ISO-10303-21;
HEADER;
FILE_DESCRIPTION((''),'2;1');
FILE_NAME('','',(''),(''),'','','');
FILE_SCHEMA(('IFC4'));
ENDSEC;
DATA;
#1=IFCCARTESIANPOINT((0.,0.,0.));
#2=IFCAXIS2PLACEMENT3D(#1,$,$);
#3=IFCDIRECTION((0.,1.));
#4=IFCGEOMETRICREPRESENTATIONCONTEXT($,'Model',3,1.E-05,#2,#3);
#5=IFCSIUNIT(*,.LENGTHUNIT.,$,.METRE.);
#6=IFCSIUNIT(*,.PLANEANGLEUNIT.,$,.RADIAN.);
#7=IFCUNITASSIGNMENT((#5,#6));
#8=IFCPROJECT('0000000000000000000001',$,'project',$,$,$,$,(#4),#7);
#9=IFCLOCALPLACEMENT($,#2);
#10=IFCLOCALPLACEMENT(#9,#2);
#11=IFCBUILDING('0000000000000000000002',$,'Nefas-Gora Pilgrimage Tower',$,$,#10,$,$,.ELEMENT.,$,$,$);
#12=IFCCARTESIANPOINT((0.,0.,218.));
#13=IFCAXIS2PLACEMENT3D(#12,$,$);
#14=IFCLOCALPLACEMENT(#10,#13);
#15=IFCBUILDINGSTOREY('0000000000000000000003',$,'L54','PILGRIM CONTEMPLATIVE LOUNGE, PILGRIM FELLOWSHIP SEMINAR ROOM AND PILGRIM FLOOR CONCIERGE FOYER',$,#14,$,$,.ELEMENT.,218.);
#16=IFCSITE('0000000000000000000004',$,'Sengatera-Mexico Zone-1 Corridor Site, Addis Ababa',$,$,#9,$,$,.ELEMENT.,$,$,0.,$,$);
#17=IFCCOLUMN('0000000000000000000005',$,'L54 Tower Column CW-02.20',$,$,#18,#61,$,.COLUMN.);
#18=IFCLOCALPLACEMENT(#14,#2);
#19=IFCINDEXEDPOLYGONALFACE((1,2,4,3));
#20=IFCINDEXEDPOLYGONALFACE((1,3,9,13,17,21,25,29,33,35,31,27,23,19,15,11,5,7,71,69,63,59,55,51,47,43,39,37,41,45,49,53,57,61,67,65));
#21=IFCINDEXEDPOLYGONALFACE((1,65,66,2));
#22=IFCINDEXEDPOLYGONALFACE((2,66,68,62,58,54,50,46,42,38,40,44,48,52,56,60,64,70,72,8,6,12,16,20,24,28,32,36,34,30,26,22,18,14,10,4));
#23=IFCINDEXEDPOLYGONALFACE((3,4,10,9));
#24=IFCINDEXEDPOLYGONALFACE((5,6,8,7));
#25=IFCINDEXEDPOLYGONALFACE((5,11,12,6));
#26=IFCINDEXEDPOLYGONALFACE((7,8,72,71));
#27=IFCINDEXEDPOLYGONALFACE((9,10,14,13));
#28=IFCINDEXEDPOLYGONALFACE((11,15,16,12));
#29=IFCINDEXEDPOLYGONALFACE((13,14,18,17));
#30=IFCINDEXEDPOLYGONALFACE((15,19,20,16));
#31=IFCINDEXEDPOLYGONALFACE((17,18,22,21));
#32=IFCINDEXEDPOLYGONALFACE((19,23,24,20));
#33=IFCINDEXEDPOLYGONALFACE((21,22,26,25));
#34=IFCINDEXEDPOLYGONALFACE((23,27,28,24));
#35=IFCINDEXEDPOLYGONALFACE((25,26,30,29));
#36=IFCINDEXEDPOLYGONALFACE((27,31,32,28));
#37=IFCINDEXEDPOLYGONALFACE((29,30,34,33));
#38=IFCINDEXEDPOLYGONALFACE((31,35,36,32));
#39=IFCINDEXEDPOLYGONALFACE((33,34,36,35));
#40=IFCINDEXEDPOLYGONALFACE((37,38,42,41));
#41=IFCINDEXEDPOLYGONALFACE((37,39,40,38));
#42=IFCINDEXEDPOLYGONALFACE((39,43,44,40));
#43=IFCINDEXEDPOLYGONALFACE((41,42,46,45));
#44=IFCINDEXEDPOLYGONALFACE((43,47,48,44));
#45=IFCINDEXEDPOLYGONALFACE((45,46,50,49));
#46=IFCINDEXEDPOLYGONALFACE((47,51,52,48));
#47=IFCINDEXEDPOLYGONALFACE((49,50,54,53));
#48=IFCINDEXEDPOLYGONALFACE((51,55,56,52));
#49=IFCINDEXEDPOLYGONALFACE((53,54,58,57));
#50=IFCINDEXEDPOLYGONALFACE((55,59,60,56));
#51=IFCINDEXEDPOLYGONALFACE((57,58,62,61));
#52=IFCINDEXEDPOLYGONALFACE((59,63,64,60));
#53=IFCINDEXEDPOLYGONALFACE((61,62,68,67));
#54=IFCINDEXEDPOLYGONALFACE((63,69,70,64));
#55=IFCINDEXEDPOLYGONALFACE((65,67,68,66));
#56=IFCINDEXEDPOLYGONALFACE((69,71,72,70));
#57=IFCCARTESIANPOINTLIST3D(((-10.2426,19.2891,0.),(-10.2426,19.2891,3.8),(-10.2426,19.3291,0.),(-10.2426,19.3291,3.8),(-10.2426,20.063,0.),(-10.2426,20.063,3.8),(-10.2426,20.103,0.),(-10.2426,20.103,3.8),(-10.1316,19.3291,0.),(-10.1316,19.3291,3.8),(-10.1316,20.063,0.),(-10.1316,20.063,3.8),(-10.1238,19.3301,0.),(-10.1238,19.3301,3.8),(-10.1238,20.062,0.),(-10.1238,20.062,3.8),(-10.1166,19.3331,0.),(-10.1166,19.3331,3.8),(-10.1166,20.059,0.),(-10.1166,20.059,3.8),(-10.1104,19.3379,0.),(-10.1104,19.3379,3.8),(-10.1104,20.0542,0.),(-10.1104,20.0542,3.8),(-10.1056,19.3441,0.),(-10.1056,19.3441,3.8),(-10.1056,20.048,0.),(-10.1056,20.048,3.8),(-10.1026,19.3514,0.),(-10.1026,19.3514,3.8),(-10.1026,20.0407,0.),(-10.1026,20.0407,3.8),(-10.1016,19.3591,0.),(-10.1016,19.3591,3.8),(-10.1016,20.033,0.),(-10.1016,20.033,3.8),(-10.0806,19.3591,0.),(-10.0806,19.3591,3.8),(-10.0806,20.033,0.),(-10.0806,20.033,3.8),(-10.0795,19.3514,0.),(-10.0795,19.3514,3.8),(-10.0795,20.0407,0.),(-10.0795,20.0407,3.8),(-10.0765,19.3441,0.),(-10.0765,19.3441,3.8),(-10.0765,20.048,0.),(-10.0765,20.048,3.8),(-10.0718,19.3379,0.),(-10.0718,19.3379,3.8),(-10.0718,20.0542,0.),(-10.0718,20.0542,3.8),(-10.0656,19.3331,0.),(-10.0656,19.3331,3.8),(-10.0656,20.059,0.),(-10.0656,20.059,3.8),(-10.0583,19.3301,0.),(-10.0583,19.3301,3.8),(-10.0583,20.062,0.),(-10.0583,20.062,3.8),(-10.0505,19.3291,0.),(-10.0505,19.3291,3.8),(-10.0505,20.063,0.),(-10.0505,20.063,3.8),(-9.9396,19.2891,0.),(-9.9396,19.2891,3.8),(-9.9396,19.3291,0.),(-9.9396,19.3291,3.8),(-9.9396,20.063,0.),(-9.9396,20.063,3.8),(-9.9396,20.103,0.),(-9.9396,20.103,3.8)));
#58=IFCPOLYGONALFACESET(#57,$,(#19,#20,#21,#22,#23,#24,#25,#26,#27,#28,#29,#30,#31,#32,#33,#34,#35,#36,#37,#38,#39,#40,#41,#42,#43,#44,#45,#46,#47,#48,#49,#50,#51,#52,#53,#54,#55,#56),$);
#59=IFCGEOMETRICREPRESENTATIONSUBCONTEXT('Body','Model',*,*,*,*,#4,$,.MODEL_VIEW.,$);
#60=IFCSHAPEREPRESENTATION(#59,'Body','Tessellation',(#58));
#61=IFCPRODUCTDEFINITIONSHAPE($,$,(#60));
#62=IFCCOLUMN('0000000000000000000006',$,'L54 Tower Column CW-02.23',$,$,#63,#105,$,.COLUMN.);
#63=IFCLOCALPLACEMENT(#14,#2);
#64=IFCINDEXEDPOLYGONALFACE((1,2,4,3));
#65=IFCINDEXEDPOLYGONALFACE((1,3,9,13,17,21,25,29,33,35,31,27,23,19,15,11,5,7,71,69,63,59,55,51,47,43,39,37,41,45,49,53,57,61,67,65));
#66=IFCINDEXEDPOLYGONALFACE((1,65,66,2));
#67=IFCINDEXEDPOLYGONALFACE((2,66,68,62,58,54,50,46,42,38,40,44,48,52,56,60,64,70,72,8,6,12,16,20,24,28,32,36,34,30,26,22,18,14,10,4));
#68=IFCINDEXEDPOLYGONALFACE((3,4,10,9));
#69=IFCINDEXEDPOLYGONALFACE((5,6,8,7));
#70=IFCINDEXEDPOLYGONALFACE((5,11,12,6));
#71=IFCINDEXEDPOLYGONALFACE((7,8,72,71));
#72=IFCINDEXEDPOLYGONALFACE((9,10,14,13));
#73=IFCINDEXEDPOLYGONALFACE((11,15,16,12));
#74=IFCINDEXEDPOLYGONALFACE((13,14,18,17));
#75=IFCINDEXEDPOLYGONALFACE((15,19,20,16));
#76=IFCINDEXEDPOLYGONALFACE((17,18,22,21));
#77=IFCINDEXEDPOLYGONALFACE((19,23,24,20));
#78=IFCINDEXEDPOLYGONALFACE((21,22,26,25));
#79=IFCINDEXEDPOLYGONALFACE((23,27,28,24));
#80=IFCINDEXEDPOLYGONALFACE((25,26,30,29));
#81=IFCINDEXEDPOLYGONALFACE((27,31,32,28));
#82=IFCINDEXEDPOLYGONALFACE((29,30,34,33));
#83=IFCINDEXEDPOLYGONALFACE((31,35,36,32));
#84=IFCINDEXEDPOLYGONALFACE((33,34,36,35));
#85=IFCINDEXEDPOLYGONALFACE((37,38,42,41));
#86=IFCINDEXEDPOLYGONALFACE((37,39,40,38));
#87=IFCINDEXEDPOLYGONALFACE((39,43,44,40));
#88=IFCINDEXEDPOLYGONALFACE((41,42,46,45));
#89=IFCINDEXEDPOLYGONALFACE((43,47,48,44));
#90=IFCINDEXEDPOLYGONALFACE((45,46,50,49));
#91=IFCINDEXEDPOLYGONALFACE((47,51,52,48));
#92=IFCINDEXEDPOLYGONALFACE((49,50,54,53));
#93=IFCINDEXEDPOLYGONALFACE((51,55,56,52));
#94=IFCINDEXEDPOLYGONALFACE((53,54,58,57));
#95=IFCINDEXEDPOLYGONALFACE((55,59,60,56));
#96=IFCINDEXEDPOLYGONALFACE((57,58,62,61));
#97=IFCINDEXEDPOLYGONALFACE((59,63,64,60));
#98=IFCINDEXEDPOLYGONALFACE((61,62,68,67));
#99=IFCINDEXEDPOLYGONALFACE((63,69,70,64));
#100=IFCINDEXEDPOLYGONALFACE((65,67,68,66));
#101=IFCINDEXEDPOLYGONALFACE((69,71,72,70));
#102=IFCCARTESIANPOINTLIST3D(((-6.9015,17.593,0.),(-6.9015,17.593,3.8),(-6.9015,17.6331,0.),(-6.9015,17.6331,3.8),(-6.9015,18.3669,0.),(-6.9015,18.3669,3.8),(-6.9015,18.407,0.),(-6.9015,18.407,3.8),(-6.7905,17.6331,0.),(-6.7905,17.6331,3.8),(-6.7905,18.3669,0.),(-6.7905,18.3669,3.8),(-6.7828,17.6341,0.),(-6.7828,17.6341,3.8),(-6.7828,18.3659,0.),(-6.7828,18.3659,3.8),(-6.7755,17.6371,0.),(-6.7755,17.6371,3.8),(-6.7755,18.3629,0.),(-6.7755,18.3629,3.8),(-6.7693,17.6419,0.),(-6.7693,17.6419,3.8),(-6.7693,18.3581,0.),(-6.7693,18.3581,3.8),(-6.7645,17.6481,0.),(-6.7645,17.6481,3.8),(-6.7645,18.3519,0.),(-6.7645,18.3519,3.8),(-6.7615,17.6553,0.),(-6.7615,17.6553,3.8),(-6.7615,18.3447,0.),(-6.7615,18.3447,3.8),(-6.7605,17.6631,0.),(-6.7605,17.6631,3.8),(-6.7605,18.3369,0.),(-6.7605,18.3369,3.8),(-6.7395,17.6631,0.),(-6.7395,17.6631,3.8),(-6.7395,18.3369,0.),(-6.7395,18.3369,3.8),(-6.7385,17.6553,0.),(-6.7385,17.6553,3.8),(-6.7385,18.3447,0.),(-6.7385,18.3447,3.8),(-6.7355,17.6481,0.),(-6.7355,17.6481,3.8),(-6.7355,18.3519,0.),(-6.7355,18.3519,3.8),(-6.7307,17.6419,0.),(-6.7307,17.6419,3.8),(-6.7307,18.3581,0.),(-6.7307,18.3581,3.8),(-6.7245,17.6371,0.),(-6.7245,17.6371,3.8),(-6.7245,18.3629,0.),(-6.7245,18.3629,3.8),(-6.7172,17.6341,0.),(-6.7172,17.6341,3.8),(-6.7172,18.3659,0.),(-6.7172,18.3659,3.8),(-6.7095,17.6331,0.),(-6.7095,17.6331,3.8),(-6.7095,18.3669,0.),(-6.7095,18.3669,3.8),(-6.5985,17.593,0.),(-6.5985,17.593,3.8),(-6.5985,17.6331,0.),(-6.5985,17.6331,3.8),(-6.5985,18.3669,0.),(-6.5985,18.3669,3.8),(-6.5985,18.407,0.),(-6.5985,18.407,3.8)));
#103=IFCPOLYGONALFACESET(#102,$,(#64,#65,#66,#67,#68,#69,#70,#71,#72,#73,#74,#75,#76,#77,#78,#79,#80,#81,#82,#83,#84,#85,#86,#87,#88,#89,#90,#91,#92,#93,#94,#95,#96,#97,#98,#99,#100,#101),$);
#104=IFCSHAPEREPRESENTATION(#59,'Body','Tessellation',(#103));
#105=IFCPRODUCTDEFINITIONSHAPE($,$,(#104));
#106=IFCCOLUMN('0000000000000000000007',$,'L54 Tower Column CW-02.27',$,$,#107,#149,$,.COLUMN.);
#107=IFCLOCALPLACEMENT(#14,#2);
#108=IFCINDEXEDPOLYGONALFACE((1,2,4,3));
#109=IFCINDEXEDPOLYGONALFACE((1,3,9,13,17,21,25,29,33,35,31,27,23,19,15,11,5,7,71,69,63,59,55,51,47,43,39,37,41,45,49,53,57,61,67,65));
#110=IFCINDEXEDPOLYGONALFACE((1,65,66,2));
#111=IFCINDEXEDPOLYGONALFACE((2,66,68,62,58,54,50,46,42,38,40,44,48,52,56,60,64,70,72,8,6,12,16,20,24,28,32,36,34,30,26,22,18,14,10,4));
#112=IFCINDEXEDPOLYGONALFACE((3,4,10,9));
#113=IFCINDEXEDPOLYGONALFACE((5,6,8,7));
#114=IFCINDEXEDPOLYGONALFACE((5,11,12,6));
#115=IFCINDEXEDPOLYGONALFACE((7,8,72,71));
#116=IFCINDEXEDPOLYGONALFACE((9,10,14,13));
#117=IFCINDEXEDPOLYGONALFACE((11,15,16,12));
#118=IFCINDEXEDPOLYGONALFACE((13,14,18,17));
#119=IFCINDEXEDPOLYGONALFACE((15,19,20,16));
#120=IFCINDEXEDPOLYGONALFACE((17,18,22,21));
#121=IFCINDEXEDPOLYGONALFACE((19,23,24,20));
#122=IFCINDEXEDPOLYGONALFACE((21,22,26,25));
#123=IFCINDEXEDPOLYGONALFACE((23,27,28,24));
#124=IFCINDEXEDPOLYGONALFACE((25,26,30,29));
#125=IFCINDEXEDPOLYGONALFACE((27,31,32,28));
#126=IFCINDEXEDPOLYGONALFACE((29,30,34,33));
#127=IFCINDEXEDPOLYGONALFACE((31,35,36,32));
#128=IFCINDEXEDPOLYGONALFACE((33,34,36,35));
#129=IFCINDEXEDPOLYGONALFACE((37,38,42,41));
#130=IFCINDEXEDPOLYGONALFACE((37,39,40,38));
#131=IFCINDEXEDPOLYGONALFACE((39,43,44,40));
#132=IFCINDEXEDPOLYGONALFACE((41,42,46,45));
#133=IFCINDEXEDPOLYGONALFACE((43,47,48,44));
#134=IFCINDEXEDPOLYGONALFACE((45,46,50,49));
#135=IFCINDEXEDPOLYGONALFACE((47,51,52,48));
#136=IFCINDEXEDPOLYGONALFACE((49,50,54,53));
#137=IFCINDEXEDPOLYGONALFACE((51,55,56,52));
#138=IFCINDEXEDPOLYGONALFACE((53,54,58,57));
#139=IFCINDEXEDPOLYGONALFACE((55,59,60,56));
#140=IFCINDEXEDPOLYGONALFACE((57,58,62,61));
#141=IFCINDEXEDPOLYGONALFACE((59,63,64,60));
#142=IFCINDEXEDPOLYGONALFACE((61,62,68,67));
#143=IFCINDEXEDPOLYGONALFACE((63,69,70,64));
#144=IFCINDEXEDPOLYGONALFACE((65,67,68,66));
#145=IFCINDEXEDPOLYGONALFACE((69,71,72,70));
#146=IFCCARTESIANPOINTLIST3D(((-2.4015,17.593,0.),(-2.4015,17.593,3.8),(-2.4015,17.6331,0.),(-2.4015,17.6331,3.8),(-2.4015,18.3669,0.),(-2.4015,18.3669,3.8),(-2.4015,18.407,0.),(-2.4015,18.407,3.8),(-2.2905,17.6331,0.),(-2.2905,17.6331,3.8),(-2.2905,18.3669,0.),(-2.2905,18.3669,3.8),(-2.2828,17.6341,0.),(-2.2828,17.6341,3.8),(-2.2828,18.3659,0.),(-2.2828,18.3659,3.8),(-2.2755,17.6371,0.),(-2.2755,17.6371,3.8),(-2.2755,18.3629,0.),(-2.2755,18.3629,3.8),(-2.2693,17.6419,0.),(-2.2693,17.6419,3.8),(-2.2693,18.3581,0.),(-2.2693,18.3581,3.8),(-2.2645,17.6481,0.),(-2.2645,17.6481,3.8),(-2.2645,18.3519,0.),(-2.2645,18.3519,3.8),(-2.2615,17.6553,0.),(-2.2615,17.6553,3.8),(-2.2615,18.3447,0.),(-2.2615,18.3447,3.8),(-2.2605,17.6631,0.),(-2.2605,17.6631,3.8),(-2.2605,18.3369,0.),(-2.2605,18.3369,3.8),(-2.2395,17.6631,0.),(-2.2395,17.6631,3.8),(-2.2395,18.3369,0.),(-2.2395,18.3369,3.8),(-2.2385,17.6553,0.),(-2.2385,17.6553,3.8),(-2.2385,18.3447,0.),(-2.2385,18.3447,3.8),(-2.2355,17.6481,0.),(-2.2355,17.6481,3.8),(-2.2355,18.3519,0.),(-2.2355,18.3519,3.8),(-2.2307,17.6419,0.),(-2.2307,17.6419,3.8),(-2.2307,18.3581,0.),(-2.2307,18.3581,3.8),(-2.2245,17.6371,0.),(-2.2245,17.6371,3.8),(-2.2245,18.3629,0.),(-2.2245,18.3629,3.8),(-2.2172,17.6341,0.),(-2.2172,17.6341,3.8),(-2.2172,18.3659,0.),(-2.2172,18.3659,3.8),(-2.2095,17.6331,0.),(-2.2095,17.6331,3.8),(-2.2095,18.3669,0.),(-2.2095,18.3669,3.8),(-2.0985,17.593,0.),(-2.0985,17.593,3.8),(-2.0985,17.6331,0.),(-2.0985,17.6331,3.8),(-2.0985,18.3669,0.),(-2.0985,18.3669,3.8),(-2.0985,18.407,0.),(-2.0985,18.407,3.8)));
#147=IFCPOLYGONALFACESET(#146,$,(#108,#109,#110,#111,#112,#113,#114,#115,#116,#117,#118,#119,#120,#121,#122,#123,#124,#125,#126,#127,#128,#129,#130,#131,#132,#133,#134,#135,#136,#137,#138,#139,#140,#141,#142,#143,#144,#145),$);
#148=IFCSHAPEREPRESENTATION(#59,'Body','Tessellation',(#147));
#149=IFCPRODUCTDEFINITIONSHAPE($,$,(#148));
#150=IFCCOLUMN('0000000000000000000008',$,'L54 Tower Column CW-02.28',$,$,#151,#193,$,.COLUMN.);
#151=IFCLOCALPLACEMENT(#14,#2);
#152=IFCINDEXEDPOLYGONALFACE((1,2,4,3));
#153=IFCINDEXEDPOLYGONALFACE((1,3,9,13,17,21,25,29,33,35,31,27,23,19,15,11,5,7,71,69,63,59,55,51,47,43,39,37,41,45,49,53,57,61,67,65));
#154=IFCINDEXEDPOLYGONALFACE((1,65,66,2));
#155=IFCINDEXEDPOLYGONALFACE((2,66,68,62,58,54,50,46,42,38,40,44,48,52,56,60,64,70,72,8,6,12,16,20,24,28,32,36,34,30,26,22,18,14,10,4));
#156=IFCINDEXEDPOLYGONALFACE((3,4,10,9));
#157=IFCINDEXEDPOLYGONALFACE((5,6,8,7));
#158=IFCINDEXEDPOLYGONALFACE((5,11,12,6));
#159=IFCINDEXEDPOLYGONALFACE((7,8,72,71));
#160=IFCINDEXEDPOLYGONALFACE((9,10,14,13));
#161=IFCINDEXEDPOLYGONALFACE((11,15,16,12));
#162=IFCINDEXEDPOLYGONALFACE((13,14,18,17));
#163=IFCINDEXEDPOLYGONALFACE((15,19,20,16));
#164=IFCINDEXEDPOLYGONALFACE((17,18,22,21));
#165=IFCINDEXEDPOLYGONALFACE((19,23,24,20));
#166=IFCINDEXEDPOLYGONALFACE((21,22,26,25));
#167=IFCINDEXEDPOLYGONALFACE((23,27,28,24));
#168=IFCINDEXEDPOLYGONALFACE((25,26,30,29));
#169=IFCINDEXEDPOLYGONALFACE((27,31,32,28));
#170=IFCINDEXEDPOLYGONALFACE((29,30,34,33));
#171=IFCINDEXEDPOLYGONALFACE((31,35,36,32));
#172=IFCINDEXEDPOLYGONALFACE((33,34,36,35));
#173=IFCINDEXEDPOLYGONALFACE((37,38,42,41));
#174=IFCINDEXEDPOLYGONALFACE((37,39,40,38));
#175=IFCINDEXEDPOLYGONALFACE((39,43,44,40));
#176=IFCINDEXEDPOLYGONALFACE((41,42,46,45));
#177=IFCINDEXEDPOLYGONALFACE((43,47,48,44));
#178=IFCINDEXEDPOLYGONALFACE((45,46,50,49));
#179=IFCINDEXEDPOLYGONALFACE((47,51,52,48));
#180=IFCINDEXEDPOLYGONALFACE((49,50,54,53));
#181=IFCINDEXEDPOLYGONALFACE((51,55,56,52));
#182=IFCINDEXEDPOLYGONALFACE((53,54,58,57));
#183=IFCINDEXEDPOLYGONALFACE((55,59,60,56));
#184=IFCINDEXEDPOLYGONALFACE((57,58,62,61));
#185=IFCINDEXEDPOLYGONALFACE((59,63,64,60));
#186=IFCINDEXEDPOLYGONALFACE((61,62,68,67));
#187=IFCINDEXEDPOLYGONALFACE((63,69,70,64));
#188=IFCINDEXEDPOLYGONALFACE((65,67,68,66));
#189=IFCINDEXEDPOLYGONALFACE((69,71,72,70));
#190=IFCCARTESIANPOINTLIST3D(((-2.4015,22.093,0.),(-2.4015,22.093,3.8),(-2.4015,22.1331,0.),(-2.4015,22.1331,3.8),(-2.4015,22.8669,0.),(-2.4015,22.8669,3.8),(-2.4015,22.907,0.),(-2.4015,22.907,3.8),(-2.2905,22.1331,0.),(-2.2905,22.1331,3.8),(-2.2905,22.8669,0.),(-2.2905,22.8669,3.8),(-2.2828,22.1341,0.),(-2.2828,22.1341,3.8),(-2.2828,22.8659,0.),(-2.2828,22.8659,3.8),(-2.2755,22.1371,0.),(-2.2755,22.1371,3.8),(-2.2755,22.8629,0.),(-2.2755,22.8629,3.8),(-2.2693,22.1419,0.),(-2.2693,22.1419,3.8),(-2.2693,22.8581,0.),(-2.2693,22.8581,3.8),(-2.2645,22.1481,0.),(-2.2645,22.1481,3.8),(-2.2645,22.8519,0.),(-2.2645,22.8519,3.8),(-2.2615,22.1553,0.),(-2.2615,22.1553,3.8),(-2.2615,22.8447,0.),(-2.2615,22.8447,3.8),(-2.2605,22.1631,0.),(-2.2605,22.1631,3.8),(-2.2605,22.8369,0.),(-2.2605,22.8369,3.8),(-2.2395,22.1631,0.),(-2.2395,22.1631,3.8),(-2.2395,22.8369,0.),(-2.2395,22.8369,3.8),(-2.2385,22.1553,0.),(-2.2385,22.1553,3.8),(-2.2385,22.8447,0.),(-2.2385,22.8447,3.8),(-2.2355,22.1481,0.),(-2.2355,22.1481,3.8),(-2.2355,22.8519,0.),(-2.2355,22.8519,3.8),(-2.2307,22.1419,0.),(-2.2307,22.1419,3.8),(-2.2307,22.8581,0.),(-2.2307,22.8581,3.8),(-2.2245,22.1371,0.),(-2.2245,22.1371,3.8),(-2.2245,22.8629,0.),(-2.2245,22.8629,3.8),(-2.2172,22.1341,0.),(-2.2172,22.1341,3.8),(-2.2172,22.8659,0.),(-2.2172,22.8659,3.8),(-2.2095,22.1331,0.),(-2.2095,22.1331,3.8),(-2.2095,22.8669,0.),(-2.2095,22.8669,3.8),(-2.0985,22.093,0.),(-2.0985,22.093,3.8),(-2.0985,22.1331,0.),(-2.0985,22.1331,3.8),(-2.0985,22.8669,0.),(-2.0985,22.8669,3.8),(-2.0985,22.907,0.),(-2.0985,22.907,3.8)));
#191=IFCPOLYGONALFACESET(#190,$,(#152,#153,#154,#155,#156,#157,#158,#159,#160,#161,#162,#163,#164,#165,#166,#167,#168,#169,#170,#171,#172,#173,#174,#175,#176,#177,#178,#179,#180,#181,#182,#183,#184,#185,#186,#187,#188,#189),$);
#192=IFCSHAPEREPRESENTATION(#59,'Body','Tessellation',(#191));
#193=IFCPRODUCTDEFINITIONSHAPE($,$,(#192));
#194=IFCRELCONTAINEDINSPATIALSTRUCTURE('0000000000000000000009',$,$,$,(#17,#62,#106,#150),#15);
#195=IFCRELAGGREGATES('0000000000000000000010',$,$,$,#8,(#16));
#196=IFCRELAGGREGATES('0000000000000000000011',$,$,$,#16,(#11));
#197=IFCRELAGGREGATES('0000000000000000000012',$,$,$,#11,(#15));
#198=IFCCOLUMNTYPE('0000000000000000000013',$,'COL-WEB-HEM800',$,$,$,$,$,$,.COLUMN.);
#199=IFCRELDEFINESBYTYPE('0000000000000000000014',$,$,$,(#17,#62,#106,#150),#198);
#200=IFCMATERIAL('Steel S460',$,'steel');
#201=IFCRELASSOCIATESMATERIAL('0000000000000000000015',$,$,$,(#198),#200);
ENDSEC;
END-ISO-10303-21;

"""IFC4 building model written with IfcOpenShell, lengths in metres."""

from ifc_helpers import new_model, si_unit, direction, frame, origin, origin_2d, place, context, subcontext, project, spatial, i_section, extrude, source, transform, mapped, material, material_profile, profile_set, type_object, element, save


model = new_model("IFC4")

# Units and contexts
model_context = context("Model", 3, precision=1e-05, world=origin(), true_north=direction((0.0, 1.0)))
body_context = subcontext(model_context, "Body", "Model", "MODEL_VIEW")
ifc_project = project(units=[si_unit("LENGTHUNIT", "METRE"), si_unit("PLANEANGLEUNIT", "RADIAN")], contexts=[model_context])

# Site, building, storey
site_placement = place(None, origin())
site = spatial("IfcSite", under=ifc_project, at=site_placement, Name="Sengatera-Mexico Zone-1 Corridor Site, Addis Ababa", CompositionType="ELEMENT", RefElevation=0.0)
building_placement = place(site_placement, origin())
building = spatial("IfcBuilding", under=site, at=building_placement, Name="Nefas-Gora Pilgrimage Tower", CompositionType="ELEMENT")
storey_placement = place(building_placement, frame((0.0, 0.0, 218.0)))
storey = spatial("IfcBuildingStorey", under=building, at=storey_placement, Name="L54", Description="PILGRIM CONTEMPLATIVE LOUNGE, PILGRIM FELLOWSHIP SEMINAR ROOM AND PILGRIM FLOOR CONCIERGE FOYER", CompositionType="ELEMENT", Elevation=218.0)

# Columns
ifc_material_1 = material(Name="Steel S460", Category="steel")
ifc_material_profile_1 = material_profile(ifc_material_1, i_section(OverallWidth=0.303, OverallDepth=0.814, WebThickness=0.021, FlangeThickness=0.04, FilletRadius=0.03, at=origin_2d()), Name="HEM 800")
ifc_profile_set_1 = profile_set([ifc_material_profile_1], Name="Steel S460")
column_type_1 = type_object("IfcColumnType", Name="COL-WEB-HEM800", PredefinedType="COLUMN", material=ifc_profile_set_1)
shared_shape_1 = source(origin(), body_context, "Body", "SweptSolid", [
    extrude(i_section(OverallWidth=0.303, OverallDepth=0.814, WebThickness=0.021, FlangeThickness=0.04, FilletRadius=0.03, at=origin_2d()), origin(), (0.0, 0.0, 1.0), 3.8),
])
for number, where, z_axis, x_axis, name in (
    (1, (-10.0911, 19.696, 0.0), (0.0, 0.0, 1.0), (1.0, 0.0, 0.0), "L54 Tower Column CW-02.20"),
    (2, (-6.75, 18.0, 0.0), (0.0, 0.0, 1.0), (1.0, 0.0, 0.0), "L54 Tower Column CW-02.23"),
    (3, (-2.25, 18.0, 0.0), (0.0, 0.0, 1.0), (1.0, 0.0, 0.0), "L54 Tower Column CW-02.27"),
    (4, (-2.25, 22.5, 0.0), (0.0, 0.0, 1.0), (1.0, 0.0, 0.0), "L54 Tower Column CW-02.28"),
):
    element("IfcColumn", number, at=place(storey_placement, frame(where, z_axis=z_axis, x_axis=x_axis)), inside=storey, type_object=column_type_1, Name=name, PredefinedType="COLUMN", context=body_context, shape_type="MappedRepresentation", body=[
        mapped(shared_shape_1, transform((0.0, 0.0, 0.0), x_axis=(1.0, 0.0, 0.0), y_axis=(0.0, 1.0, 0.0), z_axis=(0.0, 0.0, 1.0), scale=1.0)),
    ])

save(model, "model.ifc")
